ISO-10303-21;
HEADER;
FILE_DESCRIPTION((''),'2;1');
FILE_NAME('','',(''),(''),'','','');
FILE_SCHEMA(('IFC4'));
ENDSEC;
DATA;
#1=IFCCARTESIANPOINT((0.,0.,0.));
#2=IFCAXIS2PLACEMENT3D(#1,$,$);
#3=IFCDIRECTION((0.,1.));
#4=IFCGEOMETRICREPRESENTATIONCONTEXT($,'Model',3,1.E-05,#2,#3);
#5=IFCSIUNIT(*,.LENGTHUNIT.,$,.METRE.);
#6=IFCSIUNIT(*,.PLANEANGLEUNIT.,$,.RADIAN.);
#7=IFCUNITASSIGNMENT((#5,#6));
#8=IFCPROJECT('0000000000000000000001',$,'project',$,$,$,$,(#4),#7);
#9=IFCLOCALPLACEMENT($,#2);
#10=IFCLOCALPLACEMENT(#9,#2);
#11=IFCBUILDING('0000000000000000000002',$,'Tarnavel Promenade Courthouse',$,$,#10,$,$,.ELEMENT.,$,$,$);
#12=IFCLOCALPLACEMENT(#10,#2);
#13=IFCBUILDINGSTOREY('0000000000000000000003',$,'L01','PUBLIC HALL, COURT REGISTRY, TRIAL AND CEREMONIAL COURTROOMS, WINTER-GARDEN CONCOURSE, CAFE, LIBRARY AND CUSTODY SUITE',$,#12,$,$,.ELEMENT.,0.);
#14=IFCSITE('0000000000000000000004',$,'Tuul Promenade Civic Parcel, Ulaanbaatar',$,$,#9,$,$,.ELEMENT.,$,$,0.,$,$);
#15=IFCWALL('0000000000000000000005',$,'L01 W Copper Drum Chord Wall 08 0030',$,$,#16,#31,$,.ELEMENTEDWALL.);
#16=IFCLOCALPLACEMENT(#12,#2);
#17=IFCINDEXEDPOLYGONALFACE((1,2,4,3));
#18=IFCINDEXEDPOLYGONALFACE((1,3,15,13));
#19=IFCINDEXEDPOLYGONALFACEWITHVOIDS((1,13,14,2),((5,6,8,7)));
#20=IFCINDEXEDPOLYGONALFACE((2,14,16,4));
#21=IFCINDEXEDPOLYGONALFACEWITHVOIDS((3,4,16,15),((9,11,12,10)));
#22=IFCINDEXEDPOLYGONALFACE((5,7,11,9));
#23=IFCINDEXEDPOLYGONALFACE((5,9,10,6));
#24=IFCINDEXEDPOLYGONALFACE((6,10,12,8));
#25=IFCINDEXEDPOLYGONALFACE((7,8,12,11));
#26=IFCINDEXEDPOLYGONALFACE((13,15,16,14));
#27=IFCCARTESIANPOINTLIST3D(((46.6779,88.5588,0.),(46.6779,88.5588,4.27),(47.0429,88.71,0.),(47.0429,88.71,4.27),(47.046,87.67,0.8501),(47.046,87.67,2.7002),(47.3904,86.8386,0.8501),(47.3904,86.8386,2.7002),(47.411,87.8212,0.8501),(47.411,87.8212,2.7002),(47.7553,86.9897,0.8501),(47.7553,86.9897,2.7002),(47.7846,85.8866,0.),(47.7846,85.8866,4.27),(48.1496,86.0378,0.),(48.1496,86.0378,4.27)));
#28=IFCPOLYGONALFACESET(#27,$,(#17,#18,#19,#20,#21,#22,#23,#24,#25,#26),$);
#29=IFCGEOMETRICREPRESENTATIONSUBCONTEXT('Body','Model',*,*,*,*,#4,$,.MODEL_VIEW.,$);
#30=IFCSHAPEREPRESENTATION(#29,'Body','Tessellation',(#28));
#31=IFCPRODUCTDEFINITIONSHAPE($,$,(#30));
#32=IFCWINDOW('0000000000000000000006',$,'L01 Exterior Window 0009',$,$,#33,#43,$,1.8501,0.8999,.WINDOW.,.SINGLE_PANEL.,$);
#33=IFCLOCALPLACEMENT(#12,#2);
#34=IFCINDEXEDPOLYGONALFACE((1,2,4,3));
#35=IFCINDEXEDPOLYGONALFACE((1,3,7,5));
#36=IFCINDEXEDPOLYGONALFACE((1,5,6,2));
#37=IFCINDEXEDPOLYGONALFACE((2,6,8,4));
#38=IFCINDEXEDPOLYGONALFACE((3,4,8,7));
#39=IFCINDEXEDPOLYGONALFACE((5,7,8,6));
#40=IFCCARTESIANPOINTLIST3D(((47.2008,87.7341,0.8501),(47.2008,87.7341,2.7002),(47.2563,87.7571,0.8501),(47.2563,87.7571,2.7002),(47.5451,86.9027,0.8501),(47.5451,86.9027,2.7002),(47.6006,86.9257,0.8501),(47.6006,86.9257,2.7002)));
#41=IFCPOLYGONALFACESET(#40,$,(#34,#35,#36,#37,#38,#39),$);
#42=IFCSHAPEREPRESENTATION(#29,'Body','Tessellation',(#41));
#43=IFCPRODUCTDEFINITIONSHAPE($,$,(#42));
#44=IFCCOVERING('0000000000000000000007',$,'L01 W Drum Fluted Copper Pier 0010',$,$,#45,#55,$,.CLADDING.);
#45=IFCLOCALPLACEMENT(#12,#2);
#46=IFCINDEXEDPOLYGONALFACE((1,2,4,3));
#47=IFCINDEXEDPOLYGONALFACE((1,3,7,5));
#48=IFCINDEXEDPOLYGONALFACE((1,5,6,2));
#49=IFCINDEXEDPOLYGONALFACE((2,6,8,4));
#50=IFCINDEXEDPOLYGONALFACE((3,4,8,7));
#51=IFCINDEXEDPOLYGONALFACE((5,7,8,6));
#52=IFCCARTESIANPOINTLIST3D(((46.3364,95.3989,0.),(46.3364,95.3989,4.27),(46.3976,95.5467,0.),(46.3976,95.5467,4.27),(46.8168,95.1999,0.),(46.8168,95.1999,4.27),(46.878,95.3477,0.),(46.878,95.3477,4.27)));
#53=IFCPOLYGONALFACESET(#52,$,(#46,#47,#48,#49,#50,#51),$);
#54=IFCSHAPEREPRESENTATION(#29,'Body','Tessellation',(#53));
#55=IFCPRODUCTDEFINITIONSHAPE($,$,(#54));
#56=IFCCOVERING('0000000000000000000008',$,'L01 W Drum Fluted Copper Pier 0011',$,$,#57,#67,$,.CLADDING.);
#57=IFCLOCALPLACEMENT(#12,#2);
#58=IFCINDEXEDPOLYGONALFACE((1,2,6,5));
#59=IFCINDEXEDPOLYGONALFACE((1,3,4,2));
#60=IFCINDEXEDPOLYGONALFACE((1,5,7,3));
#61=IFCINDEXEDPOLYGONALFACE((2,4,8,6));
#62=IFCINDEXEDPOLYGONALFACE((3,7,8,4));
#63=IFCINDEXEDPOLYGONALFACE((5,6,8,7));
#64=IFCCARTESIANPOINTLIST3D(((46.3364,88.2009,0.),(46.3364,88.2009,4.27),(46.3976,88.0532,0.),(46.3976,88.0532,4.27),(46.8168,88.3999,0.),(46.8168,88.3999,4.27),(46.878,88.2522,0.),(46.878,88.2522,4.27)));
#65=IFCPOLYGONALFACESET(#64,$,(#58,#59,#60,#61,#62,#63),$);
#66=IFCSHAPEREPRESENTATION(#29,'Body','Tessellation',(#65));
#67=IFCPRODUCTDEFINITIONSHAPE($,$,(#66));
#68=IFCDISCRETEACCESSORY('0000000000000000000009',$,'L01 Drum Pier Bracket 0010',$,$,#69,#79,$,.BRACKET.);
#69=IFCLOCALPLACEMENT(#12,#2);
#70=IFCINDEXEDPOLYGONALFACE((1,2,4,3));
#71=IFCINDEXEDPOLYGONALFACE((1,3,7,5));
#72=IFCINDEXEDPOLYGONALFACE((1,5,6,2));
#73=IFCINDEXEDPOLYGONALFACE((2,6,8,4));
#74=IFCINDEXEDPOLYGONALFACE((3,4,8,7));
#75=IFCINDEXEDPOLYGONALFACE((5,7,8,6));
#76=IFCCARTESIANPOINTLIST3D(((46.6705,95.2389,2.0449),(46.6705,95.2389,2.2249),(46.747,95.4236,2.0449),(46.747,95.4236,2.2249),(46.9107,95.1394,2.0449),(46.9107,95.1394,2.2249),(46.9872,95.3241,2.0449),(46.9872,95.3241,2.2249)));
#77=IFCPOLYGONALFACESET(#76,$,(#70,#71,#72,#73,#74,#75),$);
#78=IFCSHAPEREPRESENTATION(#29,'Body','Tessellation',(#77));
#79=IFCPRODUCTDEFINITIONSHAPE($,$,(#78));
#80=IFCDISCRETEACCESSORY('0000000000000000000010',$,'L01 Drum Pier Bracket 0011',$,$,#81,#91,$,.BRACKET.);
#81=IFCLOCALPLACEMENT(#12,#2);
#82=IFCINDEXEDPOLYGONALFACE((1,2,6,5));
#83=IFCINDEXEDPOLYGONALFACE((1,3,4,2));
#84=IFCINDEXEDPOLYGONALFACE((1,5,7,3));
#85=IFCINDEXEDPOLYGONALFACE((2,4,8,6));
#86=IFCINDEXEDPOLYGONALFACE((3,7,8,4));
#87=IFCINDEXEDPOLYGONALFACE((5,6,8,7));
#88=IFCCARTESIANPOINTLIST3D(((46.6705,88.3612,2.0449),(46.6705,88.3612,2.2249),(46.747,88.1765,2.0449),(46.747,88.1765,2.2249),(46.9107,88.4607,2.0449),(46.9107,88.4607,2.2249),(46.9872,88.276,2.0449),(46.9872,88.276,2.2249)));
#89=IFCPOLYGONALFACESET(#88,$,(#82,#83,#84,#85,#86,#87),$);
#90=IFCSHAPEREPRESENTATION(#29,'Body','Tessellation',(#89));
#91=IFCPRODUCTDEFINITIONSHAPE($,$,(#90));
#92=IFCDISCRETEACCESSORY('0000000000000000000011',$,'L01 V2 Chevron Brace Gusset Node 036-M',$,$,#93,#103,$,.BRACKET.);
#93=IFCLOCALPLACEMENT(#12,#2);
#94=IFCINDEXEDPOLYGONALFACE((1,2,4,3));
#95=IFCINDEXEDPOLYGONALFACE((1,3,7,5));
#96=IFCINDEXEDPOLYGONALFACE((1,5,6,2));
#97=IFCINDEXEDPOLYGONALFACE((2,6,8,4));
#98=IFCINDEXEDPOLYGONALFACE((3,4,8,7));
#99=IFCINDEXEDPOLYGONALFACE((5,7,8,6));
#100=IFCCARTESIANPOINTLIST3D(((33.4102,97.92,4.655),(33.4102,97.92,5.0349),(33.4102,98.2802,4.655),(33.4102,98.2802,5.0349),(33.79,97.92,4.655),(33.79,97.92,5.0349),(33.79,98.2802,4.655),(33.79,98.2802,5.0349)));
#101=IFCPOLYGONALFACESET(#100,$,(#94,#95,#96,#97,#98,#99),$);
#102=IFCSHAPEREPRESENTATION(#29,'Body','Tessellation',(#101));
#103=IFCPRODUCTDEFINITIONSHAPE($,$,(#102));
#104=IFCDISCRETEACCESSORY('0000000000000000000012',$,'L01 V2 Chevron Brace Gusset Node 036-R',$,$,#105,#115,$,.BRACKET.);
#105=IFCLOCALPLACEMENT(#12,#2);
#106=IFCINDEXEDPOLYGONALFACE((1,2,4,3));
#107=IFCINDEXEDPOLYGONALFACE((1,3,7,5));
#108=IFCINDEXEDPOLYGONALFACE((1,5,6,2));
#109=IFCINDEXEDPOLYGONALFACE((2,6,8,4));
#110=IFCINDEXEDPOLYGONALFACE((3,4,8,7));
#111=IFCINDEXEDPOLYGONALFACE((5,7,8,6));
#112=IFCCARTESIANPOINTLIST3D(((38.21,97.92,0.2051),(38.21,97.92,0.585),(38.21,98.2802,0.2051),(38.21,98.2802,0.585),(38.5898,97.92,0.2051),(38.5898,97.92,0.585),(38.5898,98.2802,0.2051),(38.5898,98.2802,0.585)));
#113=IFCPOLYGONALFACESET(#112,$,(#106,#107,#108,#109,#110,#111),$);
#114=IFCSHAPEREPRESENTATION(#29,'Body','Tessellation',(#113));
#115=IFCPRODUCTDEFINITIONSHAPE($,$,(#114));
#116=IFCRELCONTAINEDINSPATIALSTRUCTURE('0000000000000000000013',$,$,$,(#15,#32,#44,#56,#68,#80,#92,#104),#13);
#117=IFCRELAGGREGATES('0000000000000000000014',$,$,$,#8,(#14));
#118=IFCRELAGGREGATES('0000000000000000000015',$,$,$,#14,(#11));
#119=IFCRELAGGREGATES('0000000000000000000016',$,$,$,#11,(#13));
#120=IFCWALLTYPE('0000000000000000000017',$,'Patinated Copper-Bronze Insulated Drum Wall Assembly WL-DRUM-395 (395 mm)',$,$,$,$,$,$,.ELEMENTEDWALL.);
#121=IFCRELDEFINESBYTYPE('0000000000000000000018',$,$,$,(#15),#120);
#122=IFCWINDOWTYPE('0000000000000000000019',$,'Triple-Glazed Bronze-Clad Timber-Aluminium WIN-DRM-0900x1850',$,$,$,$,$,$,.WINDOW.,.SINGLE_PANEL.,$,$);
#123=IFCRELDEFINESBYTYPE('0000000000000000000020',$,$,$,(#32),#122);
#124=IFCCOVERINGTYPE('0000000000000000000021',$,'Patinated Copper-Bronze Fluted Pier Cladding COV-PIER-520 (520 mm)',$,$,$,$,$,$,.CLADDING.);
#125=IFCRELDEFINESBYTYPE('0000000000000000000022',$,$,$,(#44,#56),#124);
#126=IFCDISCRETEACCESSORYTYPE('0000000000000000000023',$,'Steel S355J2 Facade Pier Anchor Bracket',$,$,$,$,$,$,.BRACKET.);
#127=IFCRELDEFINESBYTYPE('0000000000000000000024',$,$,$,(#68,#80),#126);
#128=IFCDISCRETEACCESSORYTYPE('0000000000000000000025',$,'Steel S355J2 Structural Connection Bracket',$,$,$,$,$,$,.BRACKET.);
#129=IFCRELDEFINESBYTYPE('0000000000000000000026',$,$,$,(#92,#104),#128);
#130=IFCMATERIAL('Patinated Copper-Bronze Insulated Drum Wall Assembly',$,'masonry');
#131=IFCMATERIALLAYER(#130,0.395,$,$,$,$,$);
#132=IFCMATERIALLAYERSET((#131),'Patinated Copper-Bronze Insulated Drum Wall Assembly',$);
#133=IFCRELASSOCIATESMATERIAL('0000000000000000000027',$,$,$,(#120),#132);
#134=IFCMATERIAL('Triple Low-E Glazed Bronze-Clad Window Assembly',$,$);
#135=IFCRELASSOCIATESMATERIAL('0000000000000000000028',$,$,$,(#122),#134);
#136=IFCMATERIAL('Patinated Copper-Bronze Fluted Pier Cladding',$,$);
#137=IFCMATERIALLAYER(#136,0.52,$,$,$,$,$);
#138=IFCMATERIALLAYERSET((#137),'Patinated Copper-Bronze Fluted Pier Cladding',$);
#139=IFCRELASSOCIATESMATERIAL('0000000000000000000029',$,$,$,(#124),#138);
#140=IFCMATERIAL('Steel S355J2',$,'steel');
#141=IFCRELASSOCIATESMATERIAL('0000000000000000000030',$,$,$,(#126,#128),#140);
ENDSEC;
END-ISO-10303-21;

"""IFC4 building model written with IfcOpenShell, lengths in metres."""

from ifc_helpers import new_model, si_unit, direction, frame, frame_2d, origin, origin_2d, place, context, subcontext, project, spatial, rectangle, extrude, material, layer, layer_set, type_object, element, fill, save


model = new_model("IFC4")

# Units and contexts
model_context = context("Model", 3, precision=1e-05, world=origin(), true_north=direction((0.0, 1.0)))
body_context = subcontext(model_context, "Body", "Model", "MODEL_VIEW")
ifc_project = project(units=[si_unit("LENGTHUNIT", "METRE"), si_unit("PLANEANGLEUNIT", "RADIAN")], contexts=[model_context])

# Site, building, storey
site_placement = place(None, origin())
site = spatial("IfcSite", under=ifc_project, at=site_placement, Name="Tuul Promenade Civic Parcel, Ulaanbaatar", CompositionType="ELEMENT", RefElevation=0.0)
building_placement = place(site_placement, origin())
building = spatial("IfcBuilding", under=site, at=building_placement, Name="Tarnavel Promenade Courthouse", CompositionType="ELEMENT")
storey_placement = place(building_placement, origin())
storey = spatial("IfcBuildingStorey", under=building, at=storey_placement, Name="L01", Description="PUBLIC HALL, COURT REGISTRY, TRIAL AND CEREMONIAL COURTROOMS, WINTER-GARDEN CONCOURSE, CAFE, LIBRARY AND CUSTODY SUITE", CompositionType="ELEMENT", Elevation=0.0)

# Shared definitions
ifc_material_1 = material(Name="Steel S355J2", Category="steel")

# Wall, opening, window
ifc_material_2 = material(Name="Patinated Copper-Bronze Insulated Drum Wall Assembly", Category="masonry")
ifc_layer_1 = layer(ifc_material_2, 0.395)
ifc_layer_set_1 = layer_set([ifc_layer_1], Name="Patinated Copper-Bronze Insulated Drum Wall Assembly")
wall_type_1 = type_object("IfcWallType", Name="Patinated Copper-Bronze Insulated Drum Wall Assembly WL-DRUM-395 (395 mm)", PredefinedType="ELEMENTEDWALL", material=ifc_layer_set_1)
wall_1_placement = place(storey_placement, frame((46.8604, 88.6345, 0.0), z_axis=(0.0, 0.0, 1.0), x_axis=(0.382643, -0.923896, 0.0)))
wall_1 = element("IfcWall", 1, at=wall_1_placement, inside=storey, type_object=wall_type_1, Name="L01 W Copper Drum Chord Wall 08 0030", PredefinedType="ELEMENTEDWALL", context=body_context, shape_type="SweptSolid", body=[
    extrude(rectangle(XDim=2.8923, YDim=0.395, at=frame_2d((1.4463, 0.0))), origin(), (0.0, 0.0, 1.0), 4.27),
])
opening_1_placement = place(wall_1_placement, frame((0.9622, 0.0, 0.8501)))
opening_1 = element("IfcOpeningElement", 2, at=opening_1_placement, cuts=wall_1, PredefinedType="OPENING", context=body_context, shape_type="SweptSolid", body=[
    extrude(rectangle(XDim=0.8999, YDim=1.8501, at=frame_2d((0.45, 0.925))), frame((0.0, 0.2075, 0.0), z_axis=(0.0, -1.0, 0.0), x_axis=(1.0, 0.0, 0.0)), (0.0, 0.0, 1.0), 0.415),
])
ifc_material_3 = material(Name="Triple Low-E Glazed Bronze-Clad Window Assembly")
window_type = type_object("IfcWindowType", Name="Triple-Glazed Bronze-Clad Timber-Aluminium WIN-DRM-0900x1850", PartitioningType="SINGLE_PANEL", PredefinedType="WINDOW", material=ifc_material_3)
window_placement = place(opening_1_placement, origin())
window = element("IfcWindow", 3, at=window_placement, inside=storey, type_object=window_type, Name="L01 Exterior Window 0009", OverallHeight=1.8501, OverallWidth=0.8999, PartitioningType="SINGLE_PANEL", PredefinedType="WINDOW", context=body_context, shape_type="SweptSolid", body=[
    extrude(rectangle(XDim=0.8999, YDim=1.8501, at=frame_2d((0.45, 0.925))), frame((0.0, 0.03, 0.0), z_axis=(0.0, -1.0, 0.0), x_axis=(1.0, 0.0, 0.0)), (0.0, 0.0, 1.0), 0.0601),
])
fill(opening_1, window)

# Coverings
ifc_material_4 = material(Name="Patinated Copper-Bronze Fluted Pier Cladding")
ifc_layer_2 = layer(ifc_material_4, 0.52)
ifc_layer_set_2 = layer_set([ifc_layer_2], Name="Patinated Copper-Bronze Fluted Pier Cladding")
covering_type = type_object("IfcCoveringType", Name="Patinated Copper-Bronze Fluted Pier Cladding COV-PIER-520 (520 mm)", PredefinedType="CLADDING", material=ifc_layer_set_2)
for number, where, z_axis, x_axis, name in (
    (4, (46.6072, 95.3733, 0.0), (0.0, 0.0, 1.0), (-0.382683, -0.92388, 0.0), "L01 W Drum Fluted Copper Pier 0010"),
    (5, (46.6072, 88.2266, 0.0), (0.0, 0.0, 1.0), (0.382683, -0.92388, 0.0), "L01 W Drum Fluted Copper Pier 0011"),
):
    element("IfcCovering", number, at=place(storey_placement, frame(where, z_axis=z_axis, x_axis=x_axis)), inside=storey, type_object=covering_type, Name=name, PredefinedType="CLADDING", context=body_context, shape_type="SweptSolid", body=[
        extrude(rectangle(XDim=0.1599, YDim=0.52, at=origin_2d()), origin(), (0.0, 0.0, 1.0), 4.27),
    ])

# Discrete accessories
discrete_accessory_type_1 = type_object("IfcDiscreteAccessoryType", Name="Steel S355J2 Facade Pier Anchor Bracket", PredefinedType="BRACKET", material=ifc_material_1)
for number, where, z_axis, x_axis, name in (
    (6, (46.8289, 95.2815, 2.0449), (0.0, 0.0, 1.0), (-0.382683, -0.92388, 0.0), "L01 Drum Pier Bracket 0010"),
    (7, (46.8289, 88.3186, 2.0449), (0.0, 0.0, 1.0), (0.382683, -0.92388, 0.0), "L01 Drum Pier Bracket 0011"),
):
    element("IfcDiscreteAccessory", number, at=place(storey_placement, frame(where, z_axis=z_axis, x_axis=x_axis)), inside=storey, type_object=discrete_accessory_type_1, Name=name, PredefinedType="BRACKET", context=body_context, shape_type="SweptSolid", body=[
        extrude(rectangle(XDim=0.2, YDim=0.26, at=origin_2d()), origin(), (0.0, 0.0, 1.0), 0.1799),
    ])
discrete_accessory_type_2 = type_object("IfcDiscreteAccessoryType", Name="Steel S355J2 Structural Connection Bracket", PredefinedType="BRACKET", material=ifc_material_1)
for number, where, z_axis, x_axis, name in (
    (8, (33.6001, 98.1001, 4.655), (0.0, 0.0, 1.0), (1.0, 0.0, 0.0), "L01 V2 Chevron Brace Gusset Node 036-M"),
    (9, (38.3999, 98.1001, 0.2051), (0.0, 0.0, 1.0), (1.0, 0.0, 0.0), "L01 V2 Chevron Brace Gusset Node 036-R"),
):
    element("IfcDiscreteAccessory", number, at=place(storey_placement, frame(where, z_axis=z_axis, x_axis=x_axis)), inside=storey, type_object=discrete_accessory_type_2, Name=name, PredefinedType="BRACKET", context=body_context, shape_type="SweptSolid", body=[
        extrude(rectangle(XDim=0.3799, YDim=0.3601, at=origin_2d()), origin(), (0.0, 0.0, 1.0), 0.3799),
    ])

save(model, "model.ifc")
